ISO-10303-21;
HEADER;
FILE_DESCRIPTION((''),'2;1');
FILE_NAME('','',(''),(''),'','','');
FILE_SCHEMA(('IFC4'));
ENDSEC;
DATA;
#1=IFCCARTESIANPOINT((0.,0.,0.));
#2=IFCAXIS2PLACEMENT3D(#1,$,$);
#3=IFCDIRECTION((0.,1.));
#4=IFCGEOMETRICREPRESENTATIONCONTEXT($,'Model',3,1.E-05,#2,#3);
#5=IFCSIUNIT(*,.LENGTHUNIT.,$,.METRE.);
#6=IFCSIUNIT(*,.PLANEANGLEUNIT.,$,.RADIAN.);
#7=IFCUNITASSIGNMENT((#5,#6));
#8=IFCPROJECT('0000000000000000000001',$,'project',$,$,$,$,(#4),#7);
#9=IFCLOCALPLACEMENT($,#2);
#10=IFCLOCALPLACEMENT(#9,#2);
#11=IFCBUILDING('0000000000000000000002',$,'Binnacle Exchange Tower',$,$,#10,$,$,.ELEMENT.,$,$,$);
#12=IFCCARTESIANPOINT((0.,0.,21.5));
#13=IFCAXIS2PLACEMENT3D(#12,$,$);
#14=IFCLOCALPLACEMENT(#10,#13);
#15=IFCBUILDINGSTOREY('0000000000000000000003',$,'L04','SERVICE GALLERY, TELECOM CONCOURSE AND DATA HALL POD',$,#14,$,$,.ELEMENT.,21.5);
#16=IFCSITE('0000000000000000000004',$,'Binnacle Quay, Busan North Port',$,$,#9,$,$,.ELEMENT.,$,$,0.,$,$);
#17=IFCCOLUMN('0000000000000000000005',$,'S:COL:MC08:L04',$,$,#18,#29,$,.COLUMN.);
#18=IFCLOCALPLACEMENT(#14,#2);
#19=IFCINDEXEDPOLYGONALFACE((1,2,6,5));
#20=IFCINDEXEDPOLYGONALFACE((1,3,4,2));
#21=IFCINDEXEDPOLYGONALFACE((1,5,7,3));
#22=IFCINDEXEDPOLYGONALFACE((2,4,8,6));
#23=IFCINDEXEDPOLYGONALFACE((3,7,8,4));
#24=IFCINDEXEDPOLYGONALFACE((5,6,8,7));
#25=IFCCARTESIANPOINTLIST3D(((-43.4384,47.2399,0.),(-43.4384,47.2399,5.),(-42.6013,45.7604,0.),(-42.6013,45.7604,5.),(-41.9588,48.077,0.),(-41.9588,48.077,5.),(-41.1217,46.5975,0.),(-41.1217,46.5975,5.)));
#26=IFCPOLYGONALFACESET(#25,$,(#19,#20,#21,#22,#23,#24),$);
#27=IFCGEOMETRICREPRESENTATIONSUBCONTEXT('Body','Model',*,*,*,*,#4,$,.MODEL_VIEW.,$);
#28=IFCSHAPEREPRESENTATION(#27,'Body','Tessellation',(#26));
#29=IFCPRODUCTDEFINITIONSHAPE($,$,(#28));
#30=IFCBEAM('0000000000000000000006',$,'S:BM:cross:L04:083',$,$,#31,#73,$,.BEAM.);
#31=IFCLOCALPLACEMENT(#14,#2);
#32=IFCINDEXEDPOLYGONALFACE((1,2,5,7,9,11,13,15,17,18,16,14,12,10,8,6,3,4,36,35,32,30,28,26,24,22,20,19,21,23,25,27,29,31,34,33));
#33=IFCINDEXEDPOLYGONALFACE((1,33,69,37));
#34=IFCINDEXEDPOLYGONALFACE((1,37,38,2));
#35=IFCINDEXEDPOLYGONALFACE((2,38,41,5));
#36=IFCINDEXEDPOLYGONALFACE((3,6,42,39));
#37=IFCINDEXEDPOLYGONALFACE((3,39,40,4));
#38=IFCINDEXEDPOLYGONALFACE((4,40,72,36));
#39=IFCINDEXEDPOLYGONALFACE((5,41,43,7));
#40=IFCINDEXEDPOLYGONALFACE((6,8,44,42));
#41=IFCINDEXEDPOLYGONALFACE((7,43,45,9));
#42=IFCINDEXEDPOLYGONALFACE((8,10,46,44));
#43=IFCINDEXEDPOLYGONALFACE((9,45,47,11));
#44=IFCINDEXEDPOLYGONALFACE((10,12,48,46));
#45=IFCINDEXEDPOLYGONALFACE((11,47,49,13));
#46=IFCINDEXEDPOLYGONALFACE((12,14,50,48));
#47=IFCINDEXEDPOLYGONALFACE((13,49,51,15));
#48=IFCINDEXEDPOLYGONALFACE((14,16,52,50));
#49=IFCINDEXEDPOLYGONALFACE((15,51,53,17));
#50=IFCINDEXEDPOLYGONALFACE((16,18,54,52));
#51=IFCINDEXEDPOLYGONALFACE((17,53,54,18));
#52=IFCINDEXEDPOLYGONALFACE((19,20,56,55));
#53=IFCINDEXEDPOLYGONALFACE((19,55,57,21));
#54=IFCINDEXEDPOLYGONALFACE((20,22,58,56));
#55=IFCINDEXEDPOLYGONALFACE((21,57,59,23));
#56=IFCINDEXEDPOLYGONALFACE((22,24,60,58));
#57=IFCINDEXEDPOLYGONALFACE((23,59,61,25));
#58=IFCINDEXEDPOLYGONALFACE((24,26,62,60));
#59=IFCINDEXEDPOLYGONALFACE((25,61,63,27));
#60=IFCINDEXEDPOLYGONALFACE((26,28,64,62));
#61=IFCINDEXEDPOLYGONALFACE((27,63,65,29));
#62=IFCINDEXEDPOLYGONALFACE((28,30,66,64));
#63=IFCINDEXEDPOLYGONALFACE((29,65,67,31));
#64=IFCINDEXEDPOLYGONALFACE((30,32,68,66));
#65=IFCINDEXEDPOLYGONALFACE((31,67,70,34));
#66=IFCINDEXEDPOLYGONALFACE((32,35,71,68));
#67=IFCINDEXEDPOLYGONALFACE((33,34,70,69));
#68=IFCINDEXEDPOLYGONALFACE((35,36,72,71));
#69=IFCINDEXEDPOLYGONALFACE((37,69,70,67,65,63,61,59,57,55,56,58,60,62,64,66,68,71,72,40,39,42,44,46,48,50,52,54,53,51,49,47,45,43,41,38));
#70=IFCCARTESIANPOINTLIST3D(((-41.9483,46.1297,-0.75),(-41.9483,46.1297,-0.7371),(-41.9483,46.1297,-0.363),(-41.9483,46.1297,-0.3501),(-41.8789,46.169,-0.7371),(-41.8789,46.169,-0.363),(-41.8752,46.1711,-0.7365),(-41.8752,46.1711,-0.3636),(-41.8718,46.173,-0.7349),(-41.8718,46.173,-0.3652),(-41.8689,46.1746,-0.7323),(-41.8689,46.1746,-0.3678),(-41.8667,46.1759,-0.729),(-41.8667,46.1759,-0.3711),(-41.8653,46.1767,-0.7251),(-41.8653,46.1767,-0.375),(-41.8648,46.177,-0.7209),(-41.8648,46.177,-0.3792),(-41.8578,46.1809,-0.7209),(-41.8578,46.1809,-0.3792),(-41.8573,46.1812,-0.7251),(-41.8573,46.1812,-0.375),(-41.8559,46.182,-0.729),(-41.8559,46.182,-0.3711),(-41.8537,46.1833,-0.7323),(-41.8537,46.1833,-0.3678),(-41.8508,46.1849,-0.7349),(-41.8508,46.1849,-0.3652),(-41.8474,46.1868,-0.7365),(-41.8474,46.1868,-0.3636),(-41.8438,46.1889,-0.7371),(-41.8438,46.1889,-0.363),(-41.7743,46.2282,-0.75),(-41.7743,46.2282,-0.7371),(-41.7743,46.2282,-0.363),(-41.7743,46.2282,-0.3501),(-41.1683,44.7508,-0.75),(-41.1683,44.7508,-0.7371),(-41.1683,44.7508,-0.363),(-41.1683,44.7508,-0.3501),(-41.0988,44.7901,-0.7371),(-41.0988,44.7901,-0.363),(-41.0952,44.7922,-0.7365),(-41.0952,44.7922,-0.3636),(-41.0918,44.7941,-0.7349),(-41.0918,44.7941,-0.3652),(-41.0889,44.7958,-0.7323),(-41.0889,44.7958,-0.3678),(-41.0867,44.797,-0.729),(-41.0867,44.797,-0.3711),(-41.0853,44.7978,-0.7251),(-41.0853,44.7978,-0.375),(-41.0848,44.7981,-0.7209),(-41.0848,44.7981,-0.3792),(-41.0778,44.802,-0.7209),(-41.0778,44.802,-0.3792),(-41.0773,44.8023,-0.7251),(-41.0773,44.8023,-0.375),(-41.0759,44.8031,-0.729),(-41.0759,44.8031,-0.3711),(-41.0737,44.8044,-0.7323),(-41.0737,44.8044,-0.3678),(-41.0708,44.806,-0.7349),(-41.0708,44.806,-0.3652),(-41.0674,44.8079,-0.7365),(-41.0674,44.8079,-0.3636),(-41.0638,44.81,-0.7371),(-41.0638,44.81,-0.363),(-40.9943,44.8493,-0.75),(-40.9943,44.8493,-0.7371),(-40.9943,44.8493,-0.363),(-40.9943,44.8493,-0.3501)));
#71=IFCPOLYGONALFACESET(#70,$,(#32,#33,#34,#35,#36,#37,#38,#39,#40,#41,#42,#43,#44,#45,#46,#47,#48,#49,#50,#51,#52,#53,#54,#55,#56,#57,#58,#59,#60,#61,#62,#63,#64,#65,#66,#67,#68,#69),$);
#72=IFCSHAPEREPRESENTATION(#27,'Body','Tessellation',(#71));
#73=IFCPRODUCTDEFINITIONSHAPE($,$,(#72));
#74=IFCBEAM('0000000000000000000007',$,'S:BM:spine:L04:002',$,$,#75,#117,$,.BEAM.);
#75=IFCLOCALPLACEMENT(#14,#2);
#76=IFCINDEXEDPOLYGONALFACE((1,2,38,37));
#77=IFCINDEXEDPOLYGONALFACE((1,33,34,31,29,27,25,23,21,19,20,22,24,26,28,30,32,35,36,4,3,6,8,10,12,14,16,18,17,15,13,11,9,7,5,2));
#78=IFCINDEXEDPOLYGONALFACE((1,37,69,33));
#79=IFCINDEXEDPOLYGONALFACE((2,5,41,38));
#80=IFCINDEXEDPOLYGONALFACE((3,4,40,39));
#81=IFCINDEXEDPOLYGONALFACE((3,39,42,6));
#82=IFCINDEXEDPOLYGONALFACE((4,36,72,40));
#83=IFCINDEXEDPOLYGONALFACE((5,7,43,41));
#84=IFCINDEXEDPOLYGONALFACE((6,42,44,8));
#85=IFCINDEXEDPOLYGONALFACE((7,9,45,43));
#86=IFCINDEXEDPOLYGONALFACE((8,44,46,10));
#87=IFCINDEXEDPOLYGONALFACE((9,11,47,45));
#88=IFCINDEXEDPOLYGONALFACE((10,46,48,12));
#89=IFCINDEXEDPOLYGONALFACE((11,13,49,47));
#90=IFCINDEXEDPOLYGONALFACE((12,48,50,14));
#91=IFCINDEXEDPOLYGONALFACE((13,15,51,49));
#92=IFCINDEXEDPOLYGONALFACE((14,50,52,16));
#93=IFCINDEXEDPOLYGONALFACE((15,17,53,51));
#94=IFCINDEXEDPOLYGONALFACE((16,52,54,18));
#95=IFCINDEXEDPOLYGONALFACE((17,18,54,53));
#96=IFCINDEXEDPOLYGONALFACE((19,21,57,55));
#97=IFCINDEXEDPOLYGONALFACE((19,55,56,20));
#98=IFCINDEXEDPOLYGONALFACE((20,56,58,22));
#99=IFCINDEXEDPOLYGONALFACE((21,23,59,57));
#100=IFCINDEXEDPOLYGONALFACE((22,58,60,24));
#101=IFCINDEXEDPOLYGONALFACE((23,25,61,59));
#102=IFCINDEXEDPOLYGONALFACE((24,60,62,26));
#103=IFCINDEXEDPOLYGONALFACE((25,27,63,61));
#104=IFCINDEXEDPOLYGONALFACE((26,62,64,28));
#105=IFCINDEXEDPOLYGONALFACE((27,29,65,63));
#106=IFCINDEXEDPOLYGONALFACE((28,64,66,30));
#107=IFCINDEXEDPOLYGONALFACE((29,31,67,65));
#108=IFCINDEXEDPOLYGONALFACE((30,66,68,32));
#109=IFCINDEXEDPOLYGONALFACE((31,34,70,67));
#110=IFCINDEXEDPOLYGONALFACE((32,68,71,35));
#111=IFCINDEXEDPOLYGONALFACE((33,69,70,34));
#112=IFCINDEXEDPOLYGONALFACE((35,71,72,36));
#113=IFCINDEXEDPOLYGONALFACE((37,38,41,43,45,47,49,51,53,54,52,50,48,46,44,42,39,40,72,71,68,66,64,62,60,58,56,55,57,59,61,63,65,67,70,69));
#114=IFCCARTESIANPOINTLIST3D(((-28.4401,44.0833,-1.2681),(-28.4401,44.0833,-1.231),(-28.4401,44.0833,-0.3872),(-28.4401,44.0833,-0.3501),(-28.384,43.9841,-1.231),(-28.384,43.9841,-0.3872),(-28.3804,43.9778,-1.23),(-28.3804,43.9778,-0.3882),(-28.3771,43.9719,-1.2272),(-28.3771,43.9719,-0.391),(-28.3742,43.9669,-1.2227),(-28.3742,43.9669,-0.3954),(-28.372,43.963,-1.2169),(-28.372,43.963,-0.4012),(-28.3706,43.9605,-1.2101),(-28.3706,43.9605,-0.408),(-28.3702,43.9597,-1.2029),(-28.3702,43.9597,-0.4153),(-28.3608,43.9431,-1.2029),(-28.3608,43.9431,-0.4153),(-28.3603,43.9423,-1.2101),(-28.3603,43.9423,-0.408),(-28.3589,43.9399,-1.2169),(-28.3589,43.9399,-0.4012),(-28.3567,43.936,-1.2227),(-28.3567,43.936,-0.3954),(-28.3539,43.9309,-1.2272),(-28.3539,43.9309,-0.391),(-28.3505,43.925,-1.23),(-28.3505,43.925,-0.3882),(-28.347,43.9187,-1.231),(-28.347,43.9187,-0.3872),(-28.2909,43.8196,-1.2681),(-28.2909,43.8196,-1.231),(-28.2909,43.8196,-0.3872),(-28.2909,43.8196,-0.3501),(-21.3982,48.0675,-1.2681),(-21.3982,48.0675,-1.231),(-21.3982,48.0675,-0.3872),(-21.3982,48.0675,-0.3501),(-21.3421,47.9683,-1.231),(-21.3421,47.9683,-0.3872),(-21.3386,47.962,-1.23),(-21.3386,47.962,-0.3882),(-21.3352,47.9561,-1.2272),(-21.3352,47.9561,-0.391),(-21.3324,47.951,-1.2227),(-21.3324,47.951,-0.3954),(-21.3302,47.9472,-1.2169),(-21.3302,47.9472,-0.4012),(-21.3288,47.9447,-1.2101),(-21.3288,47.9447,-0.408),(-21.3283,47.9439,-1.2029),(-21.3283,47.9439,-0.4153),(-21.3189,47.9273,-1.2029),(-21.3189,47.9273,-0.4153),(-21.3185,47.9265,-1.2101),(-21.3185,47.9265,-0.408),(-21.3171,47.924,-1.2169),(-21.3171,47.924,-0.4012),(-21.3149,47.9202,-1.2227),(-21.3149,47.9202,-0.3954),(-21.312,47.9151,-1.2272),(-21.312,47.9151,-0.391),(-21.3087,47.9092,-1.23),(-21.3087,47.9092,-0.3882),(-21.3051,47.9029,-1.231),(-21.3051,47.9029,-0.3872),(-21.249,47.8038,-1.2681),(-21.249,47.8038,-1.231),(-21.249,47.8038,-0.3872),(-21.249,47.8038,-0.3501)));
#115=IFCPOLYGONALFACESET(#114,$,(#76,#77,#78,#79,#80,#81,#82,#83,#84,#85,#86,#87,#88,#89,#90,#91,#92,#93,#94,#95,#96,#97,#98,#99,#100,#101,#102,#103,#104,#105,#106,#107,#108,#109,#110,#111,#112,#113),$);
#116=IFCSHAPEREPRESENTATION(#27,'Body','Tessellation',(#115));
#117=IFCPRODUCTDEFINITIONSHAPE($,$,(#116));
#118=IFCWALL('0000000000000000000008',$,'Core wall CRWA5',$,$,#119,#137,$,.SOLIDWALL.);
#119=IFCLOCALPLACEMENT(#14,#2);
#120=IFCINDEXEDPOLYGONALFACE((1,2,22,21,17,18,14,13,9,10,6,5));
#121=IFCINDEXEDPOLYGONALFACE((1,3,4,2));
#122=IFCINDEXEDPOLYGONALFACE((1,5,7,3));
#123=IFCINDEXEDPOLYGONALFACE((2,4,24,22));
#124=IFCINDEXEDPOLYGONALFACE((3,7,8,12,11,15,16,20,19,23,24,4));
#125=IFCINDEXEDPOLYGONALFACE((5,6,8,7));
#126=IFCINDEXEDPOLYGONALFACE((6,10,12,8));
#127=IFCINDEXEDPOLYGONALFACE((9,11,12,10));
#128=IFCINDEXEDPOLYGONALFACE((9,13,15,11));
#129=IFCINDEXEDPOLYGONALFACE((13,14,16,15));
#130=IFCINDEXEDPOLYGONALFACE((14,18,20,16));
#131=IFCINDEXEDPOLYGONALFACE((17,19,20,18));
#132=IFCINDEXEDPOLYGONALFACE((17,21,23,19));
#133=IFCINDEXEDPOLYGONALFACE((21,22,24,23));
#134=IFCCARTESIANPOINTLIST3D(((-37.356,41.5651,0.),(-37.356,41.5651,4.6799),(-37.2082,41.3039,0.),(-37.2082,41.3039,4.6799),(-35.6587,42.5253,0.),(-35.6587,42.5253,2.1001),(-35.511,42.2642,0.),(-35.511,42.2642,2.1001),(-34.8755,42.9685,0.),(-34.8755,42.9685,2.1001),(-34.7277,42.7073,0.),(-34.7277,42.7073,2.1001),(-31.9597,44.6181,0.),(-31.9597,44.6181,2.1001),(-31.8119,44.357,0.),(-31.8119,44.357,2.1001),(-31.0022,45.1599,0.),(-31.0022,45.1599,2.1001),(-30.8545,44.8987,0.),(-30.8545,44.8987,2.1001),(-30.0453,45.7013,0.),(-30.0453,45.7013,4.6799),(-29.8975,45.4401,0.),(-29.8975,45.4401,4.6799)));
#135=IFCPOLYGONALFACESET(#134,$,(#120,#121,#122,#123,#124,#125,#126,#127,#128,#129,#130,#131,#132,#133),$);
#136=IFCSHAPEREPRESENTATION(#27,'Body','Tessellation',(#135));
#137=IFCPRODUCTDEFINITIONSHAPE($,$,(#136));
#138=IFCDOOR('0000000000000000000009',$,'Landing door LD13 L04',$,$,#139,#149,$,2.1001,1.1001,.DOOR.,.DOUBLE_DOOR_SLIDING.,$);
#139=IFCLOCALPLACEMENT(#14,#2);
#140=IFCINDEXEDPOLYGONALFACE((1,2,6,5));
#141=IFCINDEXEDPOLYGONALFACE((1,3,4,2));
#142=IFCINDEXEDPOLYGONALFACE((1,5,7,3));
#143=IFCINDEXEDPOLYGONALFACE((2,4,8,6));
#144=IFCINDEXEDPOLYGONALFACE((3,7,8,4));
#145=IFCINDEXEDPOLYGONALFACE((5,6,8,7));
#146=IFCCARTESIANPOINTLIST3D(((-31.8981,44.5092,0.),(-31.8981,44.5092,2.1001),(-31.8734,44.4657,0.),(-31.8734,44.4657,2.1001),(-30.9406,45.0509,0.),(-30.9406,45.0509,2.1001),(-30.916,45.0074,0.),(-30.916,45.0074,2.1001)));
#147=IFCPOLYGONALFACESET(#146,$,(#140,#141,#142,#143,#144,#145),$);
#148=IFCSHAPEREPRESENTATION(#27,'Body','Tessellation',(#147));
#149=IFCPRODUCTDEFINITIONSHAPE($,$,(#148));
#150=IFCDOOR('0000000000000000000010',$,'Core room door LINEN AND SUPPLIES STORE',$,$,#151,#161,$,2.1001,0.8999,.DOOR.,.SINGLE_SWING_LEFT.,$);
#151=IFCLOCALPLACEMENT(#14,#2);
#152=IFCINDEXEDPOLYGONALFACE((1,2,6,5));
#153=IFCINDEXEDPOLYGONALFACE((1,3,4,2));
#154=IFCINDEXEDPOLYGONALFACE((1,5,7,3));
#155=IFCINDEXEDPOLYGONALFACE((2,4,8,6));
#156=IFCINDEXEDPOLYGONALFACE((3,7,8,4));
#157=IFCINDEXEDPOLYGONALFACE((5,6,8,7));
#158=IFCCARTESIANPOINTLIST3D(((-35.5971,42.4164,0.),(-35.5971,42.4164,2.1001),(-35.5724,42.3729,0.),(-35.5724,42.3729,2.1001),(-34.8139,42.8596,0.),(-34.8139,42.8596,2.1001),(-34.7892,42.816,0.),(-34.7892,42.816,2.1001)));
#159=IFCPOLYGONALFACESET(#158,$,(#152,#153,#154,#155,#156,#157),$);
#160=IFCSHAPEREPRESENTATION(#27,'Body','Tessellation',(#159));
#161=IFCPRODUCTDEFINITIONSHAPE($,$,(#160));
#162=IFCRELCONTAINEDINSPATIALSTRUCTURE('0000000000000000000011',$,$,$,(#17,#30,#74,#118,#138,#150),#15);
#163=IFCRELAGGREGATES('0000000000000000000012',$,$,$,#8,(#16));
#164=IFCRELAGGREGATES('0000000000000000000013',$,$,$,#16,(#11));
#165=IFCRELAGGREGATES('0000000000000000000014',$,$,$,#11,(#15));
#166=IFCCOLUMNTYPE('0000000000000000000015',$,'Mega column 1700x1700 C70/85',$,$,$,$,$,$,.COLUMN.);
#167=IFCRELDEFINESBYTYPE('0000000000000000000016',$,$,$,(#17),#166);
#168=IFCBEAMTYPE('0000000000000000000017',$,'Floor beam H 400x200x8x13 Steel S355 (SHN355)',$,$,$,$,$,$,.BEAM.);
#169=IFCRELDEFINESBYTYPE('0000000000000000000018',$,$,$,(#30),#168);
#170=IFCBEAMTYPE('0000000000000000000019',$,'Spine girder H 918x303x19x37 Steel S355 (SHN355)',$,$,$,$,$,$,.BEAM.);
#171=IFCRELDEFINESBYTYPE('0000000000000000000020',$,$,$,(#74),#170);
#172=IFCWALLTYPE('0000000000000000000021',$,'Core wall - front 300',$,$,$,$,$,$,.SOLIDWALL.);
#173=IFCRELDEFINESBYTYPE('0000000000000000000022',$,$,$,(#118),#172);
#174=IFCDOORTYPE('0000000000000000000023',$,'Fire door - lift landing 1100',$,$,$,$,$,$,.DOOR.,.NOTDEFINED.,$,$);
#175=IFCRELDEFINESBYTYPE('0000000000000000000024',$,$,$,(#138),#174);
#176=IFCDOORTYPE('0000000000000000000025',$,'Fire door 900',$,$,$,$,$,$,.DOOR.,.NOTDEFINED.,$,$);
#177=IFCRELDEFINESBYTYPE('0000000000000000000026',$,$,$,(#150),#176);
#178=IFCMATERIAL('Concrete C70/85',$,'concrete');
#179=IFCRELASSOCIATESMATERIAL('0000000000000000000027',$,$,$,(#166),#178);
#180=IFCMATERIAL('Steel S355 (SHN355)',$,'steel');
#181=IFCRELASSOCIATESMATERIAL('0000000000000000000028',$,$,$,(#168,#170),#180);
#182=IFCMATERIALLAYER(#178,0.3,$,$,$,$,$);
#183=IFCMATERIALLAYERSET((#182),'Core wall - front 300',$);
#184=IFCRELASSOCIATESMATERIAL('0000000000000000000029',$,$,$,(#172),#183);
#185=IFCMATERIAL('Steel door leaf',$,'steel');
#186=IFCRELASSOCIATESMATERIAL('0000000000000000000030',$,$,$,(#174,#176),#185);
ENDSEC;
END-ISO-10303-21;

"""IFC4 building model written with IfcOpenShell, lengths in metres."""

from ifc_helpers import new_model, si_unit, direction, frame, frame_2d, origin, origin_2d, place, context, subcontext, project, spatial, rectangle, i_section, extrude, material, layer, layer_set, material_profile, profile_set, type_object, element, fill, save


model = new_model("IFC4")

# Units and contexts
model_context = context("Model", 3, precision=1e-05, world=origin(), true_north=direction((0.0, 1.0)))
body_context = subcontext(model_context, "Body", "Model", "MODEL_VIEW")
ifc_project = project(units=[si_unit("LENGTHUNIT", "METRE"), si_unit("PLANEANGLEUNIT", "RADIAN")], contexts=[model_context])

# Site, building, storey
site_placement = place(None, origin())
site = spatial("IfcSite", under=ifc_project, at=site_placement, Name="Binnacle Quay, Busan North Port", CompositionType="ELEMENT", RefElevation=0.0)
building_placement = place(site_placement, origin())
building = spatial("IfcBuilding", under=site, at=building_placement, Name="Binnacle Exchange Tower", CompositionType="ELEMENT")
storey_placement = place(building_placement, frame((0.0, 0.0, 21.5)))
storey = spatial("IfcBuildingStorey", under=building, at=storey_placement, Name="L04", Description="SERVICE GALLERY, TELECOM CONCOURSE AND DATA HALL POD", CompositionType="ELEMENT", Elevation=21.5)

# Column
ifc_material_1 = material(Name="Concrete C70/85", Category="concrete")
ifc_material_profile_1 = material_profile(ifc_material_1, rectangle(XDim=1.7, YDim=1.7, at=origin_2d()), Name="Mega column 1700x1700 C70/85")
ifc_profile_set_1 = profile_set([ifc_material_profile_1], Name="Concrete C70/85")
column_type = type_object("IfcColumnType", Name="Mega column 1700x1700 C70/85", PredefinedType="COLUMN", material=ifc_profile_set_1)
column_placement = place(storey_placement, frame((-42.28, 46.9187, 0.0), z_axis=(0.0, 0.0, 1.0), x_axis=(-0.870356, -0.492424, 0.0)))
element("IfcColumn", 1, at=column_placement, inside=storey, type_object=column_type, Name="S:COL:MC08:L04", PredefinedType="COLUMN", context=body_context, shape_type="SweptSolid", body=[
    extrude(rectangle(XDim=1.7, YDim=1.7, at=origin_2d()), origin(), (0.0, 0.0, 1.0), 5.0),
])

# Beams
ifc_material_2 = material(Name="Steel S355 (SHN355)", Category="steel")
ifc_material_profile_2 = material_profile(ifc_material_2, i_section(OverallWidth=0.2, OverallDepth=0.3999, WebThickness=0.0081, FlangeThickness=0.0129, FilletRadius=0.0161, at=origin_2d()), Name="H 400x200x8x13")
ifc_profile_set_2 = profile_set([ifc_material_profile_2], Name="Steel S355 (SHN355)")
beam_type_1 = type_object("IfcBeamType", Name="Floor beam H 400x200x8x13 Steel S355 (SHN355)", PredefinedType="BEAM", material=ifc_profile_set_2)
beam_1_placement = place(storey_placement, frame((-41.8613, 46.179, -0.55), z_axis=(0.492367, -0.870388, 0.0), x_axis=(0.870388, 0.492367, 0.0)))
element("IfcBeam", 2, at=beam_1_placement, inside=storey, type_object=beam_type_1, Name="S:BM:cross:L04:083", PredefinedType="BEAM", context=body_context, shape_type="SweptSolid", body=[
    extrude(i_section(OverallWidth=0.2, OverallDepth=0.3999, WebThickness=0.0081, FlangeThickness=0.0129, FilletRadius=0.0161, at=origin_2d()), origin(), (0.0, 0.0, 1.0), 1.5842),
])
ifc_material_profile_3 = material_profile(ifc_material_2, i_section(OverallWidth=0.303, OverallDepth=0.918, WebThickness=0.019, FlangeThickness=0.0371, FilletRadius=0.0281, at=origin_2d()), Name="H 918x303x19x37")
ifc_profile_set_3 = profile_set([ifc_material_profile_3], Name="Steel S355 (SHN355)")
beam_type_2 = type_object("IfcBeamType", Name="Spine girder H 918x303x19x37 Steel S355 (SHN355)", PredefinedType="BEAM", material=ifc_profile_set_3)
beam_2_placement = place(storey_placement, frame((-28.3655, 43.9514, -0.8091), z_axis=(0.87035, 0.492433, 0.0), x_axis=(-0.492433, 0.87035, 0.0)))
element("IfcBeam", 3, at=beam_2_placement, inside=storey, type_object=beam_type_2, Name="S:BM:spine:L04:002", PredefinedType="BEAM", context=body_context, shape_type="SweptSolid", body=[
    extrude(i_section(OverallWidth=0.303, OverallDepth=0.918, WebThickness=0.019, FlangeThickness=0.0371, FilletRadius=0.0281, at=origin_2d()), origin(), (0.0, 0.0, 1.0), 8.0908),
])

# Wall, openings, doors
ifc_layer_1 = layer(ifc_material_1, 0.3)
ifc_layer_set_1 = layer_set([ifc_layer_1], Name="Core wall - front 300")
wall_type_1 = type_object("IfcWallType", Name="Core wall - front 300", PredefinedType="SOLIDWALL", material=ifc_layer_set_1)
wall_1_placement = place(storey_placement, frame((-37.282, 41.4346, 0.0), z_axis=(0.0, 0.0, 1.0), x_axis=(0.870357, 0.492422, 0.0)))
wall_1 = element("IfcWall", 4, at=wall_1_placement, inside=storey, type_object=wall_type_1, Name="Core wall CRWA5", PredefinedType="SOLIDWALL", context=body_context, shape_type="SweptSolid", body=[
    extrude(rectangle(XDim=8.3997, YDim=0.3, at=frame_2d((4.1997, 0.0))), origin(), (0.0, 0.0, 1.0), 4.6799),
])
opening_1_placement = place(wall_1_placement, frame((6.2, 0.0, 0.0)))
opening_1 = element("IfcOpeningElement", 5, at=opening_1_placement, cuts=wall_1, PredefinedType="OPENING", context=body_context, shape_type="SweptSolid", body=[
    extrude(rectangle(XDim=1.1001, YDim=2.1001, at=frame_2d((0.55, 1.05))), frame((0.0, 0.1599, 0.0), z_axis=(0.0, -1.0, 0.0), x_axis=(1.0, 0.0, 0.0)), (0.0, 0.0, 1.0), 0.3201),
])
opening_2_placement = place(wall_1_placement, frame((1.95, 0.0, 0.0)))
opening_2 = element("IfcOpeningElement", 6, at=opening_2_placement, cuts=wall_1, PredefinedType="OPENING", context=body_context, shape_type="SweptSolid", body=[
    extrude(rectangle(XDim=0.8999, YDim=2.1001, at=frame_2d((0.45, 1.05))), frame((0.0, 0.1599, 0.0), z_axis=(0.0, -1.0, 0.0), x_axis=(1.0, 0.0, 0.0)), (0.0, 0.0, 1.0), 0.3201),
])
ifc_material_3 = material(Name="Steel door leaf", Category="steel")
door_type_1 = type_object("IfcDoorType", Name="Fire door - lift landing 1100", OperationType="NOTDEFINED", PredefinedType="DOOR", material=ifc_material_3)
door_1_placement = place(opening_1_placement, origin())
door_1 = element("IfcDoor", 7, at=door_1_placement, inside=storey, type_object=door_type_1, Name="Landing door LD13 L04", OperationType="DOUBLE_DOOR_SLIDING", OverallHeight=2.1001, OverallWidth=1.1001, PredefinedType="DOOR", context=body_context, shape_type="SweptSolid", body=[
    extrude(rectangle(XDim=1.1001, YDim=2.1001, at=frame_2d((0.55, 1.05))), frame((0.0, 0.0249, 0.0), z_axis=(0.0, -1.0, 0.0), x_axis=(1.0, 0.0, 0.0)), (0.0, 0.0, 1.0), 0.05),
])
fill(opening_1, door_1)
door_type_2 = type_object("IfcDoorType", Name="Fire door 900", OperationType="NOTDEFINED", PredefinedType="DOOR", material=ifc_material_3)
door_2_placement = place(opening_2_placement, origin())
door_2 = element("IfcDoor", 8, at=door_2_placement, inside=storey, type_object=door_type_2, Name="Core room door LINEN AND SUPPLIES STORE", OperationType="SINGLE_SWING_LEFT", OverallHeight=2.1001, OverallWidth=0.8999, PredefinedType="DOOR", context=body_context, shape_type="SweptSolid", body=[
    extrude(rectangle(XDim=0.8999, YDim=2.1001, at=frame_2d((0.45, 1.05))), frame((0.0, 0.0249, 0.0), z_axis=(0.0, -1.0, 0.0), x_axis=(1.0, 0.0, 0.0)), (0.0, 0.0, 1.0), 0.05),
])
fill(opening_2, door_2)

save(model, "model.ifc")
